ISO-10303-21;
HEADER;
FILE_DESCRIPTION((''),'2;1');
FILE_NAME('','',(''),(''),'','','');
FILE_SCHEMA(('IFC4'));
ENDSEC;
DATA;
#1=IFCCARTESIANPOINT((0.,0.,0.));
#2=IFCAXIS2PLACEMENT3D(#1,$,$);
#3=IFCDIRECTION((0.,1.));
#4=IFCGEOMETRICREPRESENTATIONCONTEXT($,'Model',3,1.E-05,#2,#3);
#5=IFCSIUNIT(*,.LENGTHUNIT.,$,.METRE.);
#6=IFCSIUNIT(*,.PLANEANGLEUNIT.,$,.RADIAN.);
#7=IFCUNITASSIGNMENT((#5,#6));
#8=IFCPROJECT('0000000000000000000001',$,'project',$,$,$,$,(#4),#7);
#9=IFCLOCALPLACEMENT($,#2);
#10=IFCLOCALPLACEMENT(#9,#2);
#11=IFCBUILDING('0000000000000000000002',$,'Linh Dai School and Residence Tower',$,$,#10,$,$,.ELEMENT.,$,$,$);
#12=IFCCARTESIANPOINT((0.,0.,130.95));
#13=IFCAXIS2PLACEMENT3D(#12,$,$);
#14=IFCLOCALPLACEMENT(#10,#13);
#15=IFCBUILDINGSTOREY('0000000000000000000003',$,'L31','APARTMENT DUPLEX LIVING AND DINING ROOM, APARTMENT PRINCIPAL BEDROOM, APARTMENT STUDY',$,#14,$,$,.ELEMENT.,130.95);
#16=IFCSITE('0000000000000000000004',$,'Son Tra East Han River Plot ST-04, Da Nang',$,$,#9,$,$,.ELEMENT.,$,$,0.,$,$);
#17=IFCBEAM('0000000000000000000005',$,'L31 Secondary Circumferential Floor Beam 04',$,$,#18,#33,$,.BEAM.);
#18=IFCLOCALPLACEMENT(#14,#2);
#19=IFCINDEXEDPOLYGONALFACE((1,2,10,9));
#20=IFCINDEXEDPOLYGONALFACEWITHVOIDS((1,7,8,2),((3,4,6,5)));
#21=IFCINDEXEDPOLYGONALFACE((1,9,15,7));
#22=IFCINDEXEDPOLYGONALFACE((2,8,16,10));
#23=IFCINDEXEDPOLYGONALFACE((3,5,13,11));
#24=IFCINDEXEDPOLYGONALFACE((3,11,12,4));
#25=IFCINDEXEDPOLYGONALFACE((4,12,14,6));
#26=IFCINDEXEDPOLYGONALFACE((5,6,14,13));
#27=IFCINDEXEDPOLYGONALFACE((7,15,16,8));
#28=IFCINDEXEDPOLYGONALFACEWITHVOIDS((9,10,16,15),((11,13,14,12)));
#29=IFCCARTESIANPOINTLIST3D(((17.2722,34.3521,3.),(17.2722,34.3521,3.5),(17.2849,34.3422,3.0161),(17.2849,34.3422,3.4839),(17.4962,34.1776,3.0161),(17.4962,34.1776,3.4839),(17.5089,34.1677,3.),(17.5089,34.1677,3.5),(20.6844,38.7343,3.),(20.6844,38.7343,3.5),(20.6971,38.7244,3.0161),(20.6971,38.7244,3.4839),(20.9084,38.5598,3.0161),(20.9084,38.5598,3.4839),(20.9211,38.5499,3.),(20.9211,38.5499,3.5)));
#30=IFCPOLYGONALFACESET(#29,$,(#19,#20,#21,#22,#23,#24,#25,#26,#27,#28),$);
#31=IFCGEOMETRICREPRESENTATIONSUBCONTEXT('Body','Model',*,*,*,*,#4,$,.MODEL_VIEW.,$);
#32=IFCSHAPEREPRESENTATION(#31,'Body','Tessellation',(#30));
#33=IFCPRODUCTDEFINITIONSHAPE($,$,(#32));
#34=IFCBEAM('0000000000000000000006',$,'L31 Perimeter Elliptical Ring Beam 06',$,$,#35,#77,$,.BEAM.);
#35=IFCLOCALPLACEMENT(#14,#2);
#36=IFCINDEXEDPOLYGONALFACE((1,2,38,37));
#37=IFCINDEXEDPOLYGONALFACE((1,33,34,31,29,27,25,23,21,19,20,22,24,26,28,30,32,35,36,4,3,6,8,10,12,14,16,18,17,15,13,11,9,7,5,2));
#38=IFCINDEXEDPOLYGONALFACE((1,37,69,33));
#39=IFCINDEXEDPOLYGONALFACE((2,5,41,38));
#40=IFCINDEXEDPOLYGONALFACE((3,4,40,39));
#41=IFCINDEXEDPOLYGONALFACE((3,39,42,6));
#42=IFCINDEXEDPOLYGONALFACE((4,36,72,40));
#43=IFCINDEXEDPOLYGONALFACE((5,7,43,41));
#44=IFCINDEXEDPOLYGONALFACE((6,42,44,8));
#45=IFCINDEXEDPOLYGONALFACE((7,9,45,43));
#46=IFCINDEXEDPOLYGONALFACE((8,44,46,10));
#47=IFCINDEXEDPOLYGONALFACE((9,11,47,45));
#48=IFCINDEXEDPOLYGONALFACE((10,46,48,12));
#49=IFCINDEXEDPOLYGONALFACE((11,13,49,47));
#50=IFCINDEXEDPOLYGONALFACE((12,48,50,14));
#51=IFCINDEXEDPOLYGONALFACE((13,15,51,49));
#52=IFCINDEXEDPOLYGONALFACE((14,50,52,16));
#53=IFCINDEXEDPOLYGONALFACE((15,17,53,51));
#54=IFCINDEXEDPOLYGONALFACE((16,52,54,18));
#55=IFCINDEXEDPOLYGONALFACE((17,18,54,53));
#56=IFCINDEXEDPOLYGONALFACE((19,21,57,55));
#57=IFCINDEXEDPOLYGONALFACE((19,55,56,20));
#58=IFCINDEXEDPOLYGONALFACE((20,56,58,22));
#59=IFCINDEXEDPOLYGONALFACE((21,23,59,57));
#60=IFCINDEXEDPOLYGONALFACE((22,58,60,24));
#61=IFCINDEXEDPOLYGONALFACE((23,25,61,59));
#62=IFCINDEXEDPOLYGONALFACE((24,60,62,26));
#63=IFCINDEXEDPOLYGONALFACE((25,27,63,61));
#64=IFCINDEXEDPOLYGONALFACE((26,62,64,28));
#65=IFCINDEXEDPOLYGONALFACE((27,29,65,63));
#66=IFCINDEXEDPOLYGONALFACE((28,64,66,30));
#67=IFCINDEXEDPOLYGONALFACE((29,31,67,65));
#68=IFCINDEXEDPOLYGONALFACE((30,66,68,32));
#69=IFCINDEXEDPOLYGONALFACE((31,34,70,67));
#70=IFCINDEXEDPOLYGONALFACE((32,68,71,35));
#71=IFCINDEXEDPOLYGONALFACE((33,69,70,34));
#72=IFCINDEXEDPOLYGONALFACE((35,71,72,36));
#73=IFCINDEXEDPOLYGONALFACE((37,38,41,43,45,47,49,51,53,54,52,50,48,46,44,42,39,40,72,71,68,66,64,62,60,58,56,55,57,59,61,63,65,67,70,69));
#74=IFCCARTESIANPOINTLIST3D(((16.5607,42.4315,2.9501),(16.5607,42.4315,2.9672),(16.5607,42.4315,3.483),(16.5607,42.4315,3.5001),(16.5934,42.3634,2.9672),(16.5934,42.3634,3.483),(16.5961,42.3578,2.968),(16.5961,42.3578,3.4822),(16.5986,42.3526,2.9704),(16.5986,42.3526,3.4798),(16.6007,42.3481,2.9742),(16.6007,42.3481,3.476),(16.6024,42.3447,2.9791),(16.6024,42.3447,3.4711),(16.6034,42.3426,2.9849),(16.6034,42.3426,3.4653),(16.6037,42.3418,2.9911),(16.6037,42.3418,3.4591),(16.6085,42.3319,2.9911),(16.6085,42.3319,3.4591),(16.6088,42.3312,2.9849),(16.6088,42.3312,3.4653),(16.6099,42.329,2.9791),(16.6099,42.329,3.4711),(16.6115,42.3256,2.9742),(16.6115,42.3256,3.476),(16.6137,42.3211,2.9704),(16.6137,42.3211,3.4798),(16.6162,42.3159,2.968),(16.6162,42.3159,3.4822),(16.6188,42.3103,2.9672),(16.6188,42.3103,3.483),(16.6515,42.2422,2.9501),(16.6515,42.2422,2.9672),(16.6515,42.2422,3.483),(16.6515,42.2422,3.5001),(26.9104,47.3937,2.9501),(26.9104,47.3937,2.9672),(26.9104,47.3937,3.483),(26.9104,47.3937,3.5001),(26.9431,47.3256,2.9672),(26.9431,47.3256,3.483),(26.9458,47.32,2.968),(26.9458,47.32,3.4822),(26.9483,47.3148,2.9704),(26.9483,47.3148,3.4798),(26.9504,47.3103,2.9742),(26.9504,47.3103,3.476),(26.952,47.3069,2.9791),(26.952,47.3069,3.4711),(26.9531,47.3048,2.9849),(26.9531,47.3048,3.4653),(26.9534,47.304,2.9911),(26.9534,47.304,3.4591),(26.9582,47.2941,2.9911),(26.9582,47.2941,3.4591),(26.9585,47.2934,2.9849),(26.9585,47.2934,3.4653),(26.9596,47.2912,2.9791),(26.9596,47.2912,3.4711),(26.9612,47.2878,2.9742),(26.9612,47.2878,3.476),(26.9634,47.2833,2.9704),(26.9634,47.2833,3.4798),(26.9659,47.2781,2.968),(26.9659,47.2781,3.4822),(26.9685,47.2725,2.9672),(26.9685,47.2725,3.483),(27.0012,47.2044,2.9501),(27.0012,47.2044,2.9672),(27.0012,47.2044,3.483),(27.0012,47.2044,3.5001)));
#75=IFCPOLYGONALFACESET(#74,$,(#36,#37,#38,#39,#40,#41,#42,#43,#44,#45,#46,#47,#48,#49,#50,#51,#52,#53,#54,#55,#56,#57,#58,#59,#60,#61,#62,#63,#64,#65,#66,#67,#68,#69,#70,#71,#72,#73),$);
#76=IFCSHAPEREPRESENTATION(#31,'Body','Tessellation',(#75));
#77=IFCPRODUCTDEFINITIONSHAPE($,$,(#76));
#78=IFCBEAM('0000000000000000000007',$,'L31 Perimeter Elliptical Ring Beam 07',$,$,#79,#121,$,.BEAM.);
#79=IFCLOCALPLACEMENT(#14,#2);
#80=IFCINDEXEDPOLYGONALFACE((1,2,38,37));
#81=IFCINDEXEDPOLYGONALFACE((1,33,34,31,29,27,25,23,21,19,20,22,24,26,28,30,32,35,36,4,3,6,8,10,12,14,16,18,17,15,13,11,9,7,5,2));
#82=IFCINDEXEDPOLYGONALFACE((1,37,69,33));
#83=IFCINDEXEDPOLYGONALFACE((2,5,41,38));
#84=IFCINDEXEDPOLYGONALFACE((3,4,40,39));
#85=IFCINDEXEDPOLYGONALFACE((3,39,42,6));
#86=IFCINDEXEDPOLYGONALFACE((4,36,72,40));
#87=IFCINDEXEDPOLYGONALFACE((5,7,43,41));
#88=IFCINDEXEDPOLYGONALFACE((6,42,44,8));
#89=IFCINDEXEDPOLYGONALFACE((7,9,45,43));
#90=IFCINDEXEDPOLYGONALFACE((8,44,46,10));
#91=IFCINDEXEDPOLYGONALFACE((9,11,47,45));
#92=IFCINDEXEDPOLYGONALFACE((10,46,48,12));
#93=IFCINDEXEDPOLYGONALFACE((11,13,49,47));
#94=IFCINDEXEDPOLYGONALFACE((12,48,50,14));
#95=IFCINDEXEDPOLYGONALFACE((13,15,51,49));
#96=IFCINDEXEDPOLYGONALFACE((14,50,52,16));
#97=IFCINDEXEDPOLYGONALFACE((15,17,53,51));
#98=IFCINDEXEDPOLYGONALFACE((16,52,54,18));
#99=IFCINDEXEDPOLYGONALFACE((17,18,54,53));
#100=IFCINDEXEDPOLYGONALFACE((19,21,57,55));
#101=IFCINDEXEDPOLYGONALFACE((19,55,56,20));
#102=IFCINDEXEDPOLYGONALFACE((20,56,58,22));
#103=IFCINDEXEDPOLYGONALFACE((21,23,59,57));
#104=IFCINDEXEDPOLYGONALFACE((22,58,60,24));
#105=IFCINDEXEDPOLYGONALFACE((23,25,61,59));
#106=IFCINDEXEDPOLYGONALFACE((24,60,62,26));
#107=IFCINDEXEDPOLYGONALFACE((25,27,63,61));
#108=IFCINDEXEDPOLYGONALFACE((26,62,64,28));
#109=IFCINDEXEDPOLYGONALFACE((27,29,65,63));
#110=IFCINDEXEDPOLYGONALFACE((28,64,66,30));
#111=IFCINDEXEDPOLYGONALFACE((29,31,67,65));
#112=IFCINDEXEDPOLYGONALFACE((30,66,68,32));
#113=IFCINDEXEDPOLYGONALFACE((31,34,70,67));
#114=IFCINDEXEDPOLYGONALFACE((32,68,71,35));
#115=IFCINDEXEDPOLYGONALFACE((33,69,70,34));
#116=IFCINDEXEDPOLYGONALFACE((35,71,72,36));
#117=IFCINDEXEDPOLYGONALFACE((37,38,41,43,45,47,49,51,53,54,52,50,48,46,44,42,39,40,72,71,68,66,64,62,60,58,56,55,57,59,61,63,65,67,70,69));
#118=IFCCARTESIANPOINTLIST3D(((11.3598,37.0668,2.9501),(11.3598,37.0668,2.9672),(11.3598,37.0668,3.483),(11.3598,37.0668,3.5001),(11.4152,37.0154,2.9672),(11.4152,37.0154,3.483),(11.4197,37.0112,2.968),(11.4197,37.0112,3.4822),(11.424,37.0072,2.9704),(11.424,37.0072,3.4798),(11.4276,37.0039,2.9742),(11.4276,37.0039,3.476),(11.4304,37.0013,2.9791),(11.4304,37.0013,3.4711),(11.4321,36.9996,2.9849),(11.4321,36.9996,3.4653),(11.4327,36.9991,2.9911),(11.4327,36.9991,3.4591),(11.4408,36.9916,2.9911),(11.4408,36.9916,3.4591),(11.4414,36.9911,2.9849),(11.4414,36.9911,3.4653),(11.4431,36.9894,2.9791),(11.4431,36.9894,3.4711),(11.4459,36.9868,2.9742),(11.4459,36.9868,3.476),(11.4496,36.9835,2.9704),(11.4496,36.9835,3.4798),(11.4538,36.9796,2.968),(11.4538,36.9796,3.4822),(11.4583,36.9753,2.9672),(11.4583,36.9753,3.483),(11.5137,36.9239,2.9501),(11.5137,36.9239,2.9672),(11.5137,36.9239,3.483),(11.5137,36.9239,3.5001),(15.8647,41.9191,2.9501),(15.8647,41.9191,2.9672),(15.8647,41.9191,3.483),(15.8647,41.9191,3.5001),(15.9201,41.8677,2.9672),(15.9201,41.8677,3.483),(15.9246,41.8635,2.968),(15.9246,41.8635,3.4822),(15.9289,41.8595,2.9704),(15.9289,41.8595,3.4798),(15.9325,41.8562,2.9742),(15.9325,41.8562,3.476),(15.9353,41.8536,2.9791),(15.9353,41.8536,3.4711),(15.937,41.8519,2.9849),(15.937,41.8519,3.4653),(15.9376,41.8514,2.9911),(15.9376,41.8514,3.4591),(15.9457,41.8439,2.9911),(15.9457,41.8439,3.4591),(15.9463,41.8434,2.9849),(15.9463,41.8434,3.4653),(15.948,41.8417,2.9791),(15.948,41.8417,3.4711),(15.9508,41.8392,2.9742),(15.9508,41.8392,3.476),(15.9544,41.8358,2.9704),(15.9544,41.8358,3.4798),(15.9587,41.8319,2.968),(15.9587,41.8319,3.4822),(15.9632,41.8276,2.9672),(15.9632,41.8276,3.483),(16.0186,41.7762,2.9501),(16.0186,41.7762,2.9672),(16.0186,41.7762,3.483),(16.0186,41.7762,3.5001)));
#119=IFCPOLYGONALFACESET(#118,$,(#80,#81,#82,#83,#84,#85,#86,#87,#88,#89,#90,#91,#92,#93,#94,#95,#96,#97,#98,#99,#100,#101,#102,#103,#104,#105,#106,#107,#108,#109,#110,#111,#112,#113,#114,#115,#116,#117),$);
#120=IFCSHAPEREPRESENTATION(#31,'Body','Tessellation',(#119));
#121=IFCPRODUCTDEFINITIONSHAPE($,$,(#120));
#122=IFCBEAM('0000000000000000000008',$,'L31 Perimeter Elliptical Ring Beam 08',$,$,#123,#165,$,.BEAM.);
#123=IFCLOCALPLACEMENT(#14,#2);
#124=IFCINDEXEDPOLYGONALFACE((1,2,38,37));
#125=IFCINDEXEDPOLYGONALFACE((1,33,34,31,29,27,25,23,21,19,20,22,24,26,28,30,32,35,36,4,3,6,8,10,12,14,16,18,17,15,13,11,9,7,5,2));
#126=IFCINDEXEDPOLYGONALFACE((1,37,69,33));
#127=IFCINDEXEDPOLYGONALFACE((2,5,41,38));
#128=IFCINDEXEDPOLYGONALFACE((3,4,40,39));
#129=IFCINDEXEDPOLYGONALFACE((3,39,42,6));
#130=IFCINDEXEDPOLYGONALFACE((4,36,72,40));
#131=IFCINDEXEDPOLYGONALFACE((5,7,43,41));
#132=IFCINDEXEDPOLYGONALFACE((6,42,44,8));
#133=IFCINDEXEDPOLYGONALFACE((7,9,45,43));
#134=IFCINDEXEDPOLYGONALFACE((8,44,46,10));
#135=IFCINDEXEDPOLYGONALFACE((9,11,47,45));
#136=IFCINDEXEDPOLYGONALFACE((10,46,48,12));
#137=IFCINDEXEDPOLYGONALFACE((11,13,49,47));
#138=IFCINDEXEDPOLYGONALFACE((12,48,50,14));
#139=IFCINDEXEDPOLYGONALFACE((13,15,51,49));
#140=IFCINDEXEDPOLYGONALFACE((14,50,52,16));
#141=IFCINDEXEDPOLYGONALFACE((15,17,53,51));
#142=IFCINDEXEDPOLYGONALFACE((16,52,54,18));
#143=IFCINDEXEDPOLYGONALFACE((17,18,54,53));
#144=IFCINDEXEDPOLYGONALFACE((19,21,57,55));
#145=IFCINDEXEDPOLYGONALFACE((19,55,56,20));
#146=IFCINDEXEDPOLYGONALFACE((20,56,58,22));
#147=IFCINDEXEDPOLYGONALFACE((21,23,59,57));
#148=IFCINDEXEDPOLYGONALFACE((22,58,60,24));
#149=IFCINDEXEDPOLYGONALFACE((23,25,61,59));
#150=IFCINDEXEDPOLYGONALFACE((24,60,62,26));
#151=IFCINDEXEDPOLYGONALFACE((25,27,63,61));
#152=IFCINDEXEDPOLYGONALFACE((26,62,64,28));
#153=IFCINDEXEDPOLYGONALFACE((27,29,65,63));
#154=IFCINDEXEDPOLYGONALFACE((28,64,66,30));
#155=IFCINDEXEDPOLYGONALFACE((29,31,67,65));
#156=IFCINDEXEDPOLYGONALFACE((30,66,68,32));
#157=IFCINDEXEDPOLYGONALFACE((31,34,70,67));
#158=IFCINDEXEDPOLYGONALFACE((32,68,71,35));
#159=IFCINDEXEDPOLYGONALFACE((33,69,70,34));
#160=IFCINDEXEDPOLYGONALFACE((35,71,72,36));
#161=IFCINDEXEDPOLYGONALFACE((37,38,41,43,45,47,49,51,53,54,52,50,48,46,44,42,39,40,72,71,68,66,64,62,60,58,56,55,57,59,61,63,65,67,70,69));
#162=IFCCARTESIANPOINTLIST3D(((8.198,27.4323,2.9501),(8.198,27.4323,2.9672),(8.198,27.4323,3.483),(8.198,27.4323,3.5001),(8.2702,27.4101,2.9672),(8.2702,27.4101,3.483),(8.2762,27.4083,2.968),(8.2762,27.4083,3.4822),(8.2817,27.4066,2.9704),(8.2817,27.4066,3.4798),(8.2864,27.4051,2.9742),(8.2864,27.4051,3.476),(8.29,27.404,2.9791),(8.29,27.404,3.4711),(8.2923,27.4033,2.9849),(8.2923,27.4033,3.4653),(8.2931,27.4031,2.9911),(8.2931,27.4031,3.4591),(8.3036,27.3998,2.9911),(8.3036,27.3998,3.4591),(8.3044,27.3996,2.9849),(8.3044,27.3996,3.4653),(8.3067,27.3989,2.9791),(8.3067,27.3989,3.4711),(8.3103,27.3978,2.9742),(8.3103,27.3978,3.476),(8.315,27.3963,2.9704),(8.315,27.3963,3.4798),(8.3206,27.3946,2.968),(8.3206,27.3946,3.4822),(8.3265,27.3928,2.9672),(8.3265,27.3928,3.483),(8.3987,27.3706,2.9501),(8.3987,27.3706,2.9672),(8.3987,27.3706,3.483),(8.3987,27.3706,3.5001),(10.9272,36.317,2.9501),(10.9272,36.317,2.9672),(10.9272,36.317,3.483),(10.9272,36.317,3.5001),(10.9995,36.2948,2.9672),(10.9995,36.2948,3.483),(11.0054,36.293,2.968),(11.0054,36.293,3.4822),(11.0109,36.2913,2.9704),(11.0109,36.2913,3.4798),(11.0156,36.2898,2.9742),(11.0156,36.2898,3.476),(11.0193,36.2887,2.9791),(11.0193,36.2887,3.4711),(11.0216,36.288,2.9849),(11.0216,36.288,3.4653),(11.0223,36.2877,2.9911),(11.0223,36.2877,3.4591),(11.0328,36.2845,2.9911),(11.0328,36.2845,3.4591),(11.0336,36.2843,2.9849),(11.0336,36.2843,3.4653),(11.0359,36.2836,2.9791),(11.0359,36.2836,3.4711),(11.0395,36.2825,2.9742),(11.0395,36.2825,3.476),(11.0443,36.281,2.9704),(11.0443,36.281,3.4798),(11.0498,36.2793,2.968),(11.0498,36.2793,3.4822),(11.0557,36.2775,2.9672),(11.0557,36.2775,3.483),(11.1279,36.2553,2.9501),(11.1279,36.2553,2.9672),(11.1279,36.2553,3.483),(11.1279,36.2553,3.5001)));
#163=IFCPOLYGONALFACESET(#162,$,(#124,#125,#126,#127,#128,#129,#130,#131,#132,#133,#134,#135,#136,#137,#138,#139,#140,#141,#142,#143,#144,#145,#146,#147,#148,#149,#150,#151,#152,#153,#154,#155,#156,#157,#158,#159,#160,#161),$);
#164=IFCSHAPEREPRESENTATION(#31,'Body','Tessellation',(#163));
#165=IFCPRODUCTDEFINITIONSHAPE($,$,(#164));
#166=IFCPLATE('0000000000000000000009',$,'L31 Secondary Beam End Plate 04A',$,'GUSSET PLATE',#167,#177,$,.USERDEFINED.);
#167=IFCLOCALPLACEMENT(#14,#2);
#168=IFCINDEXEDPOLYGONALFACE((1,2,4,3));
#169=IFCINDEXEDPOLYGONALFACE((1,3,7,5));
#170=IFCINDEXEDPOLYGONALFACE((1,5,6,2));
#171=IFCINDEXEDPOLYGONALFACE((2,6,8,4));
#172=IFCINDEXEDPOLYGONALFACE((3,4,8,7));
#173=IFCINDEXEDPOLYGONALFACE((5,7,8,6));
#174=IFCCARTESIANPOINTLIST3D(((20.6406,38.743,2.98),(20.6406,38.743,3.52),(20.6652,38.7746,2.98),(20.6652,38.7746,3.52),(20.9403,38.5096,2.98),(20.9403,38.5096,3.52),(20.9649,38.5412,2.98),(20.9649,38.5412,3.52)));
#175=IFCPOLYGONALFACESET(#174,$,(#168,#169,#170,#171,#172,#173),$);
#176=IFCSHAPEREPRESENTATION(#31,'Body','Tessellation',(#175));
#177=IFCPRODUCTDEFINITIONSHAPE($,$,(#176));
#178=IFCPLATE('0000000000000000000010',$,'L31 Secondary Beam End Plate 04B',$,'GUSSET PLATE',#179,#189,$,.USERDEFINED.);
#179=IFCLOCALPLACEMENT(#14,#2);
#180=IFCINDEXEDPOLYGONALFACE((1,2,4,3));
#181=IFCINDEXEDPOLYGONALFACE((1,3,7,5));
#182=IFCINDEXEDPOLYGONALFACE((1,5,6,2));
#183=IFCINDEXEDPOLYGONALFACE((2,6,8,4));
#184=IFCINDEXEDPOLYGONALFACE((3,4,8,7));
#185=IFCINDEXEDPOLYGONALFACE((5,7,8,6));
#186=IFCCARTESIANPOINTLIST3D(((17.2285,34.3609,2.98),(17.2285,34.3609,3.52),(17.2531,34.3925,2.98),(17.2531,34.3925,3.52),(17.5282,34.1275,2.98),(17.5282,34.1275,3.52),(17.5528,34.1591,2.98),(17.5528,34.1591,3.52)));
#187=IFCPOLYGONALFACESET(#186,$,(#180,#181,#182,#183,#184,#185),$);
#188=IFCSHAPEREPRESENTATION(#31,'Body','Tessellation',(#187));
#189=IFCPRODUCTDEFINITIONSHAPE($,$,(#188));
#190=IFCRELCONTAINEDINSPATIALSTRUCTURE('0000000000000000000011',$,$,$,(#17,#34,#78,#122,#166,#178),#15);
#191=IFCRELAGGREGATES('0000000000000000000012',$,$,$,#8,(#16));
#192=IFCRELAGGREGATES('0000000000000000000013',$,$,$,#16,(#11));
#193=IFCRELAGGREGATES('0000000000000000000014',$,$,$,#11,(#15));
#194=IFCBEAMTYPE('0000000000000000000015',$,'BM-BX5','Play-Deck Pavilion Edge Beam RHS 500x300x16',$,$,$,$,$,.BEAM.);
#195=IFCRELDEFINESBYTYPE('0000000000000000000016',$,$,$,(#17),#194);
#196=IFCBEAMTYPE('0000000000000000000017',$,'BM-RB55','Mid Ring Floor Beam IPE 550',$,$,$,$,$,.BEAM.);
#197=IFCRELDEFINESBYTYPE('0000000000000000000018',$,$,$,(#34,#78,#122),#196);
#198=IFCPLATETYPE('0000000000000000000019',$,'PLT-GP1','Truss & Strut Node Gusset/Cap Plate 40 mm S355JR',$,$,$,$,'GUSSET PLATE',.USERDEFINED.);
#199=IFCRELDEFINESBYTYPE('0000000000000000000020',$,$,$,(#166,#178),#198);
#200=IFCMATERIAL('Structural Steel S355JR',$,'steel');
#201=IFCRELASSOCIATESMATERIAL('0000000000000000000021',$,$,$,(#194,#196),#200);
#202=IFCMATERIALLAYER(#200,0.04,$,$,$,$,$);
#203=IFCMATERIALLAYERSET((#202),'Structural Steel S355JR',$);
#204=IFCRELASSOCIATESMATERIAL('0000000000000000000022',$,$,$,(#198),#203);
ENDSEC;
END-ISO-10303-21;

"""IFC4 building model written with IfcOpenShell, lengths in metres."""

from ifc_helpers import new_model, si_unit, direction, frame, origin, origin_2d, place, context, subcontext, project, spatial, rectangle, hollow_rectangle, i_section, extrude, source, transform, mapped, material, layer, layer_set, material_profile, profile_set, type_object, element, save


model = new_model("IFC4")

# Units and contexts
model_context = context("Model", 3, precision=1e-05, world=origin(), true_north=direction((0.0, 1.0)))
body_context = subcontext(model_context, "Body", "Model", "MODEL_VIEW")
ifc_project = project(units=[si_unit("LENGTHUNIT", "METRE"), si_unit("PLANEANGLEUNIT", "RADIAN")], contexts=[model_context])

# Site, building, storey
site_placement = place(None, origin())
site = spatial("IfcSite", under=ifc_project, at=site_placement, Name="Son Tra East Han River Plot ST-04, Da Nang", CompositionType="ELEMENT", RefElevation=0.0)
building_placement = place(site_placement, origin())
building = spatial("IfcBuilding", under=site, at=building_placement, Name="Linh Dai School and Residence Tower", CompositionType="ELEMENT")
storey_placement = place(building_placement, frame((0.0, 0.0, 130.95)))
storey = spatial("IfcBuildingStorey", under=building, at=storey_placement, Name="L31", Description="APARTMENT DUPLEX LIVING AND DINING ROOM, APARTMENT PRINCIPAL BEDROOM, APARTMENT STUDY", CompositionType="ELEMENT", Elevation=130.95)

# Shared definitions
ifc_material_1 = material(Name="Structural Steel S355JR", Category="steel")

# Beams
ifc_material_profile_1 = material_profile(ifc_material_1, hollow_rectangle(XDim=0.3, YDim=0.5, WallThickness=0.0161, at=origin_2d()), Name="RHS 500x300x16")
ifc_profile_set_1 = profile_set([ifc_material_profile_1], Name="Structural Steel S355JR")
beam_type_1 = type_object("IfcBeamType", Name="BM-BX5", Description="Play-Deck Pavilion Edge Beam RHS 500x300x16", PredefinedType="BEAM", material=ifc_profile_set_1)
beam_1_placement = place(storey_placement, frame((20.8027, 38.6421, 3.25), z_axis=(-0.61437, -0.789018, 0.0), x_axis=(0.789018, -0.61437, 0.0)))
element("IfcBeam", 1, at=beam_1_placement, inside=storey, type_object=beam_type_1, Name="L31 Secondary Circumferential Floor Beam 04", PredefinedType="BEAM", context=body_context, shape_type="SweptSolid", body=[
    extrude(hollow_rectangle(XDim=0.3, YDim=0.5, WallThickness=0.0161, at=origin_2d()), origin(), (0.0, 0.0, 1.0), 5.554),
])
ifc_material_profile_2 = material_profile(ifc_material_1, i_section(OverallWidth=0.21, OverallDepth=0.55, WebThickness=0.011, FlangeThickness=0.0171, FilletRadius=0.0239, at=origin_2d()), Name="IPE 550")
ifc_profile_set_2 = profile_set([ifc_material_profile_2], Name="Structural Steel S355JR")
beam_type_2 = type_object("IfcBeamType", Name="BM-RB55", Description="Mid Ring Floor Beam IPE 550", PredefinedType="BEAM", material=ifc_profile_set_2)
beam_2_placement = place(storey_placement, frame((26.9558, 47.2991, 3.2251), z_axis=(-0.901715, -0.432331, 0.0), x_axis=(0.432331, -0.901715, 0.0)))
element("IfcBeam", 2, at=beam_2_placement, inside=storey, type_object=beam_type_2, Name="L31 Perimeter Elliptical Ring Beam 06", PredefinedType="BEAM", context=body_context, shape_type="SweptSolid", body=[
    extrude(i_section(OverallWidth=0.21, OverallDepth=0.55, WebThickness=0.011, FlangeThickness=0.0171, FilletRadius=0.0239, at=origin_2d()), origin(), (0.0, 0.0, 1.0), 11.4778),
])
beam_3_placement = place(storey_placement, frame((15.9417, 41.8477, 3.2251), z_axis=(-0.680385, -0.732855, 0.0), x_axis=(0.732855, -0.680385, 0.0)))
element("IfcBeam", 3, at=beam_3_placement, inside=storey, type_object=beam_type_2, Name="L31 Perimeter Elliptical Ring Beam 07", PredefinedType="BEAM", context=body_context, shape_type="SweptSolid", body=[
    extrude(i_section(OverallWidth=0.21, OverallDepth=0.55, WebThickness=0.011, FlangeThickness=0.0171, FilletRadius=0.0239, at=origin_2d()), origin(), (0.0, 0.0, 1.0), 6.6211),
])
beam_4_placement = place(storey_placement, frame((11.0276, 36.2861, 3.2251), z_axis=(-0.293641, -0.955916, 0.0), x_axis=(0.955916, -0.293641, 0.0)))
element("IfcBeam", 4, at=beam_4_placement, inside=storey, type_object=beam_type_2, Name="L31 Perimeter Elliptical Ring Beam 08", PredefinedType="BEAM", context=body_context, shape_type="SweptSolid", body=[
    extrude(i_section(OverallWidth=0.21, OverallDepth=0.55, WebThickness=0.011, FlangeThickness=0.0171, FilletRadius=0.0239, at=origin_2d()), origin(), (0.0, 0.0, 1.0), 9.2944),
])

# Plates
ifc_layer_1 = layer(ifc_material_1, 0.04)
ifc_layer_set_1 = layer_set([ifc_layer_1], Name="Structural Steel S355JR")
plate_type_1 = type_object("IfcPlateType", Name="PLT-GP1", Description="Truss & Strut Node Gusset/Cap Plate 40 mm S355JR", ElementType="GUSSET PLATE", PredefinedType="USERDEFINED", material=ifc_layer_set_1)
shared_shape_1 = source(origin(), body_context, "Body", "SweptSolid", [
    extrude(rectangle(XDim=0.04, YDim=0.3799, at=origin_2d()), origin(), (0.0, 0.0, 1.0), 0.54),
])
for number, where, z_axis, x_axis, name in (
    (5, (20.8027, 38.6421, 2.98), (0.0, 0.0, 1.0), (-0.614363, -0.789024, 0.0), "L31 Secondary Beam End Plate 04A"),
    (6, (17.3906, 34.26, 2.98), (0.0, 0.0, 1.0), (-0.614363, -0.789024, 0.0), "L31 Secondary Beam End Plate 04B"),
):
    element("IfcPlate", number, at=place(storey_placement, frame(where, z_axis=z_axis, x_axis=x_axis)), inside=storey, type_object=plate_type_1, Name=name, ObjectType="GUSSET PLATE", PredefinedType="USERDEFINED", context=body_context, shape_type="MappedRepresentation", body=[
        mapped(shared_shape_1, transform((0.0, 0.0, 0.0), x_axis=(1.0, 0.0, 0.0), y_axis=(0.0, 1.0, 0.0), z_axis=(0.0, 0.0, 1.0), scale=1.0)),
    ])

save(model, "model.ifc")
